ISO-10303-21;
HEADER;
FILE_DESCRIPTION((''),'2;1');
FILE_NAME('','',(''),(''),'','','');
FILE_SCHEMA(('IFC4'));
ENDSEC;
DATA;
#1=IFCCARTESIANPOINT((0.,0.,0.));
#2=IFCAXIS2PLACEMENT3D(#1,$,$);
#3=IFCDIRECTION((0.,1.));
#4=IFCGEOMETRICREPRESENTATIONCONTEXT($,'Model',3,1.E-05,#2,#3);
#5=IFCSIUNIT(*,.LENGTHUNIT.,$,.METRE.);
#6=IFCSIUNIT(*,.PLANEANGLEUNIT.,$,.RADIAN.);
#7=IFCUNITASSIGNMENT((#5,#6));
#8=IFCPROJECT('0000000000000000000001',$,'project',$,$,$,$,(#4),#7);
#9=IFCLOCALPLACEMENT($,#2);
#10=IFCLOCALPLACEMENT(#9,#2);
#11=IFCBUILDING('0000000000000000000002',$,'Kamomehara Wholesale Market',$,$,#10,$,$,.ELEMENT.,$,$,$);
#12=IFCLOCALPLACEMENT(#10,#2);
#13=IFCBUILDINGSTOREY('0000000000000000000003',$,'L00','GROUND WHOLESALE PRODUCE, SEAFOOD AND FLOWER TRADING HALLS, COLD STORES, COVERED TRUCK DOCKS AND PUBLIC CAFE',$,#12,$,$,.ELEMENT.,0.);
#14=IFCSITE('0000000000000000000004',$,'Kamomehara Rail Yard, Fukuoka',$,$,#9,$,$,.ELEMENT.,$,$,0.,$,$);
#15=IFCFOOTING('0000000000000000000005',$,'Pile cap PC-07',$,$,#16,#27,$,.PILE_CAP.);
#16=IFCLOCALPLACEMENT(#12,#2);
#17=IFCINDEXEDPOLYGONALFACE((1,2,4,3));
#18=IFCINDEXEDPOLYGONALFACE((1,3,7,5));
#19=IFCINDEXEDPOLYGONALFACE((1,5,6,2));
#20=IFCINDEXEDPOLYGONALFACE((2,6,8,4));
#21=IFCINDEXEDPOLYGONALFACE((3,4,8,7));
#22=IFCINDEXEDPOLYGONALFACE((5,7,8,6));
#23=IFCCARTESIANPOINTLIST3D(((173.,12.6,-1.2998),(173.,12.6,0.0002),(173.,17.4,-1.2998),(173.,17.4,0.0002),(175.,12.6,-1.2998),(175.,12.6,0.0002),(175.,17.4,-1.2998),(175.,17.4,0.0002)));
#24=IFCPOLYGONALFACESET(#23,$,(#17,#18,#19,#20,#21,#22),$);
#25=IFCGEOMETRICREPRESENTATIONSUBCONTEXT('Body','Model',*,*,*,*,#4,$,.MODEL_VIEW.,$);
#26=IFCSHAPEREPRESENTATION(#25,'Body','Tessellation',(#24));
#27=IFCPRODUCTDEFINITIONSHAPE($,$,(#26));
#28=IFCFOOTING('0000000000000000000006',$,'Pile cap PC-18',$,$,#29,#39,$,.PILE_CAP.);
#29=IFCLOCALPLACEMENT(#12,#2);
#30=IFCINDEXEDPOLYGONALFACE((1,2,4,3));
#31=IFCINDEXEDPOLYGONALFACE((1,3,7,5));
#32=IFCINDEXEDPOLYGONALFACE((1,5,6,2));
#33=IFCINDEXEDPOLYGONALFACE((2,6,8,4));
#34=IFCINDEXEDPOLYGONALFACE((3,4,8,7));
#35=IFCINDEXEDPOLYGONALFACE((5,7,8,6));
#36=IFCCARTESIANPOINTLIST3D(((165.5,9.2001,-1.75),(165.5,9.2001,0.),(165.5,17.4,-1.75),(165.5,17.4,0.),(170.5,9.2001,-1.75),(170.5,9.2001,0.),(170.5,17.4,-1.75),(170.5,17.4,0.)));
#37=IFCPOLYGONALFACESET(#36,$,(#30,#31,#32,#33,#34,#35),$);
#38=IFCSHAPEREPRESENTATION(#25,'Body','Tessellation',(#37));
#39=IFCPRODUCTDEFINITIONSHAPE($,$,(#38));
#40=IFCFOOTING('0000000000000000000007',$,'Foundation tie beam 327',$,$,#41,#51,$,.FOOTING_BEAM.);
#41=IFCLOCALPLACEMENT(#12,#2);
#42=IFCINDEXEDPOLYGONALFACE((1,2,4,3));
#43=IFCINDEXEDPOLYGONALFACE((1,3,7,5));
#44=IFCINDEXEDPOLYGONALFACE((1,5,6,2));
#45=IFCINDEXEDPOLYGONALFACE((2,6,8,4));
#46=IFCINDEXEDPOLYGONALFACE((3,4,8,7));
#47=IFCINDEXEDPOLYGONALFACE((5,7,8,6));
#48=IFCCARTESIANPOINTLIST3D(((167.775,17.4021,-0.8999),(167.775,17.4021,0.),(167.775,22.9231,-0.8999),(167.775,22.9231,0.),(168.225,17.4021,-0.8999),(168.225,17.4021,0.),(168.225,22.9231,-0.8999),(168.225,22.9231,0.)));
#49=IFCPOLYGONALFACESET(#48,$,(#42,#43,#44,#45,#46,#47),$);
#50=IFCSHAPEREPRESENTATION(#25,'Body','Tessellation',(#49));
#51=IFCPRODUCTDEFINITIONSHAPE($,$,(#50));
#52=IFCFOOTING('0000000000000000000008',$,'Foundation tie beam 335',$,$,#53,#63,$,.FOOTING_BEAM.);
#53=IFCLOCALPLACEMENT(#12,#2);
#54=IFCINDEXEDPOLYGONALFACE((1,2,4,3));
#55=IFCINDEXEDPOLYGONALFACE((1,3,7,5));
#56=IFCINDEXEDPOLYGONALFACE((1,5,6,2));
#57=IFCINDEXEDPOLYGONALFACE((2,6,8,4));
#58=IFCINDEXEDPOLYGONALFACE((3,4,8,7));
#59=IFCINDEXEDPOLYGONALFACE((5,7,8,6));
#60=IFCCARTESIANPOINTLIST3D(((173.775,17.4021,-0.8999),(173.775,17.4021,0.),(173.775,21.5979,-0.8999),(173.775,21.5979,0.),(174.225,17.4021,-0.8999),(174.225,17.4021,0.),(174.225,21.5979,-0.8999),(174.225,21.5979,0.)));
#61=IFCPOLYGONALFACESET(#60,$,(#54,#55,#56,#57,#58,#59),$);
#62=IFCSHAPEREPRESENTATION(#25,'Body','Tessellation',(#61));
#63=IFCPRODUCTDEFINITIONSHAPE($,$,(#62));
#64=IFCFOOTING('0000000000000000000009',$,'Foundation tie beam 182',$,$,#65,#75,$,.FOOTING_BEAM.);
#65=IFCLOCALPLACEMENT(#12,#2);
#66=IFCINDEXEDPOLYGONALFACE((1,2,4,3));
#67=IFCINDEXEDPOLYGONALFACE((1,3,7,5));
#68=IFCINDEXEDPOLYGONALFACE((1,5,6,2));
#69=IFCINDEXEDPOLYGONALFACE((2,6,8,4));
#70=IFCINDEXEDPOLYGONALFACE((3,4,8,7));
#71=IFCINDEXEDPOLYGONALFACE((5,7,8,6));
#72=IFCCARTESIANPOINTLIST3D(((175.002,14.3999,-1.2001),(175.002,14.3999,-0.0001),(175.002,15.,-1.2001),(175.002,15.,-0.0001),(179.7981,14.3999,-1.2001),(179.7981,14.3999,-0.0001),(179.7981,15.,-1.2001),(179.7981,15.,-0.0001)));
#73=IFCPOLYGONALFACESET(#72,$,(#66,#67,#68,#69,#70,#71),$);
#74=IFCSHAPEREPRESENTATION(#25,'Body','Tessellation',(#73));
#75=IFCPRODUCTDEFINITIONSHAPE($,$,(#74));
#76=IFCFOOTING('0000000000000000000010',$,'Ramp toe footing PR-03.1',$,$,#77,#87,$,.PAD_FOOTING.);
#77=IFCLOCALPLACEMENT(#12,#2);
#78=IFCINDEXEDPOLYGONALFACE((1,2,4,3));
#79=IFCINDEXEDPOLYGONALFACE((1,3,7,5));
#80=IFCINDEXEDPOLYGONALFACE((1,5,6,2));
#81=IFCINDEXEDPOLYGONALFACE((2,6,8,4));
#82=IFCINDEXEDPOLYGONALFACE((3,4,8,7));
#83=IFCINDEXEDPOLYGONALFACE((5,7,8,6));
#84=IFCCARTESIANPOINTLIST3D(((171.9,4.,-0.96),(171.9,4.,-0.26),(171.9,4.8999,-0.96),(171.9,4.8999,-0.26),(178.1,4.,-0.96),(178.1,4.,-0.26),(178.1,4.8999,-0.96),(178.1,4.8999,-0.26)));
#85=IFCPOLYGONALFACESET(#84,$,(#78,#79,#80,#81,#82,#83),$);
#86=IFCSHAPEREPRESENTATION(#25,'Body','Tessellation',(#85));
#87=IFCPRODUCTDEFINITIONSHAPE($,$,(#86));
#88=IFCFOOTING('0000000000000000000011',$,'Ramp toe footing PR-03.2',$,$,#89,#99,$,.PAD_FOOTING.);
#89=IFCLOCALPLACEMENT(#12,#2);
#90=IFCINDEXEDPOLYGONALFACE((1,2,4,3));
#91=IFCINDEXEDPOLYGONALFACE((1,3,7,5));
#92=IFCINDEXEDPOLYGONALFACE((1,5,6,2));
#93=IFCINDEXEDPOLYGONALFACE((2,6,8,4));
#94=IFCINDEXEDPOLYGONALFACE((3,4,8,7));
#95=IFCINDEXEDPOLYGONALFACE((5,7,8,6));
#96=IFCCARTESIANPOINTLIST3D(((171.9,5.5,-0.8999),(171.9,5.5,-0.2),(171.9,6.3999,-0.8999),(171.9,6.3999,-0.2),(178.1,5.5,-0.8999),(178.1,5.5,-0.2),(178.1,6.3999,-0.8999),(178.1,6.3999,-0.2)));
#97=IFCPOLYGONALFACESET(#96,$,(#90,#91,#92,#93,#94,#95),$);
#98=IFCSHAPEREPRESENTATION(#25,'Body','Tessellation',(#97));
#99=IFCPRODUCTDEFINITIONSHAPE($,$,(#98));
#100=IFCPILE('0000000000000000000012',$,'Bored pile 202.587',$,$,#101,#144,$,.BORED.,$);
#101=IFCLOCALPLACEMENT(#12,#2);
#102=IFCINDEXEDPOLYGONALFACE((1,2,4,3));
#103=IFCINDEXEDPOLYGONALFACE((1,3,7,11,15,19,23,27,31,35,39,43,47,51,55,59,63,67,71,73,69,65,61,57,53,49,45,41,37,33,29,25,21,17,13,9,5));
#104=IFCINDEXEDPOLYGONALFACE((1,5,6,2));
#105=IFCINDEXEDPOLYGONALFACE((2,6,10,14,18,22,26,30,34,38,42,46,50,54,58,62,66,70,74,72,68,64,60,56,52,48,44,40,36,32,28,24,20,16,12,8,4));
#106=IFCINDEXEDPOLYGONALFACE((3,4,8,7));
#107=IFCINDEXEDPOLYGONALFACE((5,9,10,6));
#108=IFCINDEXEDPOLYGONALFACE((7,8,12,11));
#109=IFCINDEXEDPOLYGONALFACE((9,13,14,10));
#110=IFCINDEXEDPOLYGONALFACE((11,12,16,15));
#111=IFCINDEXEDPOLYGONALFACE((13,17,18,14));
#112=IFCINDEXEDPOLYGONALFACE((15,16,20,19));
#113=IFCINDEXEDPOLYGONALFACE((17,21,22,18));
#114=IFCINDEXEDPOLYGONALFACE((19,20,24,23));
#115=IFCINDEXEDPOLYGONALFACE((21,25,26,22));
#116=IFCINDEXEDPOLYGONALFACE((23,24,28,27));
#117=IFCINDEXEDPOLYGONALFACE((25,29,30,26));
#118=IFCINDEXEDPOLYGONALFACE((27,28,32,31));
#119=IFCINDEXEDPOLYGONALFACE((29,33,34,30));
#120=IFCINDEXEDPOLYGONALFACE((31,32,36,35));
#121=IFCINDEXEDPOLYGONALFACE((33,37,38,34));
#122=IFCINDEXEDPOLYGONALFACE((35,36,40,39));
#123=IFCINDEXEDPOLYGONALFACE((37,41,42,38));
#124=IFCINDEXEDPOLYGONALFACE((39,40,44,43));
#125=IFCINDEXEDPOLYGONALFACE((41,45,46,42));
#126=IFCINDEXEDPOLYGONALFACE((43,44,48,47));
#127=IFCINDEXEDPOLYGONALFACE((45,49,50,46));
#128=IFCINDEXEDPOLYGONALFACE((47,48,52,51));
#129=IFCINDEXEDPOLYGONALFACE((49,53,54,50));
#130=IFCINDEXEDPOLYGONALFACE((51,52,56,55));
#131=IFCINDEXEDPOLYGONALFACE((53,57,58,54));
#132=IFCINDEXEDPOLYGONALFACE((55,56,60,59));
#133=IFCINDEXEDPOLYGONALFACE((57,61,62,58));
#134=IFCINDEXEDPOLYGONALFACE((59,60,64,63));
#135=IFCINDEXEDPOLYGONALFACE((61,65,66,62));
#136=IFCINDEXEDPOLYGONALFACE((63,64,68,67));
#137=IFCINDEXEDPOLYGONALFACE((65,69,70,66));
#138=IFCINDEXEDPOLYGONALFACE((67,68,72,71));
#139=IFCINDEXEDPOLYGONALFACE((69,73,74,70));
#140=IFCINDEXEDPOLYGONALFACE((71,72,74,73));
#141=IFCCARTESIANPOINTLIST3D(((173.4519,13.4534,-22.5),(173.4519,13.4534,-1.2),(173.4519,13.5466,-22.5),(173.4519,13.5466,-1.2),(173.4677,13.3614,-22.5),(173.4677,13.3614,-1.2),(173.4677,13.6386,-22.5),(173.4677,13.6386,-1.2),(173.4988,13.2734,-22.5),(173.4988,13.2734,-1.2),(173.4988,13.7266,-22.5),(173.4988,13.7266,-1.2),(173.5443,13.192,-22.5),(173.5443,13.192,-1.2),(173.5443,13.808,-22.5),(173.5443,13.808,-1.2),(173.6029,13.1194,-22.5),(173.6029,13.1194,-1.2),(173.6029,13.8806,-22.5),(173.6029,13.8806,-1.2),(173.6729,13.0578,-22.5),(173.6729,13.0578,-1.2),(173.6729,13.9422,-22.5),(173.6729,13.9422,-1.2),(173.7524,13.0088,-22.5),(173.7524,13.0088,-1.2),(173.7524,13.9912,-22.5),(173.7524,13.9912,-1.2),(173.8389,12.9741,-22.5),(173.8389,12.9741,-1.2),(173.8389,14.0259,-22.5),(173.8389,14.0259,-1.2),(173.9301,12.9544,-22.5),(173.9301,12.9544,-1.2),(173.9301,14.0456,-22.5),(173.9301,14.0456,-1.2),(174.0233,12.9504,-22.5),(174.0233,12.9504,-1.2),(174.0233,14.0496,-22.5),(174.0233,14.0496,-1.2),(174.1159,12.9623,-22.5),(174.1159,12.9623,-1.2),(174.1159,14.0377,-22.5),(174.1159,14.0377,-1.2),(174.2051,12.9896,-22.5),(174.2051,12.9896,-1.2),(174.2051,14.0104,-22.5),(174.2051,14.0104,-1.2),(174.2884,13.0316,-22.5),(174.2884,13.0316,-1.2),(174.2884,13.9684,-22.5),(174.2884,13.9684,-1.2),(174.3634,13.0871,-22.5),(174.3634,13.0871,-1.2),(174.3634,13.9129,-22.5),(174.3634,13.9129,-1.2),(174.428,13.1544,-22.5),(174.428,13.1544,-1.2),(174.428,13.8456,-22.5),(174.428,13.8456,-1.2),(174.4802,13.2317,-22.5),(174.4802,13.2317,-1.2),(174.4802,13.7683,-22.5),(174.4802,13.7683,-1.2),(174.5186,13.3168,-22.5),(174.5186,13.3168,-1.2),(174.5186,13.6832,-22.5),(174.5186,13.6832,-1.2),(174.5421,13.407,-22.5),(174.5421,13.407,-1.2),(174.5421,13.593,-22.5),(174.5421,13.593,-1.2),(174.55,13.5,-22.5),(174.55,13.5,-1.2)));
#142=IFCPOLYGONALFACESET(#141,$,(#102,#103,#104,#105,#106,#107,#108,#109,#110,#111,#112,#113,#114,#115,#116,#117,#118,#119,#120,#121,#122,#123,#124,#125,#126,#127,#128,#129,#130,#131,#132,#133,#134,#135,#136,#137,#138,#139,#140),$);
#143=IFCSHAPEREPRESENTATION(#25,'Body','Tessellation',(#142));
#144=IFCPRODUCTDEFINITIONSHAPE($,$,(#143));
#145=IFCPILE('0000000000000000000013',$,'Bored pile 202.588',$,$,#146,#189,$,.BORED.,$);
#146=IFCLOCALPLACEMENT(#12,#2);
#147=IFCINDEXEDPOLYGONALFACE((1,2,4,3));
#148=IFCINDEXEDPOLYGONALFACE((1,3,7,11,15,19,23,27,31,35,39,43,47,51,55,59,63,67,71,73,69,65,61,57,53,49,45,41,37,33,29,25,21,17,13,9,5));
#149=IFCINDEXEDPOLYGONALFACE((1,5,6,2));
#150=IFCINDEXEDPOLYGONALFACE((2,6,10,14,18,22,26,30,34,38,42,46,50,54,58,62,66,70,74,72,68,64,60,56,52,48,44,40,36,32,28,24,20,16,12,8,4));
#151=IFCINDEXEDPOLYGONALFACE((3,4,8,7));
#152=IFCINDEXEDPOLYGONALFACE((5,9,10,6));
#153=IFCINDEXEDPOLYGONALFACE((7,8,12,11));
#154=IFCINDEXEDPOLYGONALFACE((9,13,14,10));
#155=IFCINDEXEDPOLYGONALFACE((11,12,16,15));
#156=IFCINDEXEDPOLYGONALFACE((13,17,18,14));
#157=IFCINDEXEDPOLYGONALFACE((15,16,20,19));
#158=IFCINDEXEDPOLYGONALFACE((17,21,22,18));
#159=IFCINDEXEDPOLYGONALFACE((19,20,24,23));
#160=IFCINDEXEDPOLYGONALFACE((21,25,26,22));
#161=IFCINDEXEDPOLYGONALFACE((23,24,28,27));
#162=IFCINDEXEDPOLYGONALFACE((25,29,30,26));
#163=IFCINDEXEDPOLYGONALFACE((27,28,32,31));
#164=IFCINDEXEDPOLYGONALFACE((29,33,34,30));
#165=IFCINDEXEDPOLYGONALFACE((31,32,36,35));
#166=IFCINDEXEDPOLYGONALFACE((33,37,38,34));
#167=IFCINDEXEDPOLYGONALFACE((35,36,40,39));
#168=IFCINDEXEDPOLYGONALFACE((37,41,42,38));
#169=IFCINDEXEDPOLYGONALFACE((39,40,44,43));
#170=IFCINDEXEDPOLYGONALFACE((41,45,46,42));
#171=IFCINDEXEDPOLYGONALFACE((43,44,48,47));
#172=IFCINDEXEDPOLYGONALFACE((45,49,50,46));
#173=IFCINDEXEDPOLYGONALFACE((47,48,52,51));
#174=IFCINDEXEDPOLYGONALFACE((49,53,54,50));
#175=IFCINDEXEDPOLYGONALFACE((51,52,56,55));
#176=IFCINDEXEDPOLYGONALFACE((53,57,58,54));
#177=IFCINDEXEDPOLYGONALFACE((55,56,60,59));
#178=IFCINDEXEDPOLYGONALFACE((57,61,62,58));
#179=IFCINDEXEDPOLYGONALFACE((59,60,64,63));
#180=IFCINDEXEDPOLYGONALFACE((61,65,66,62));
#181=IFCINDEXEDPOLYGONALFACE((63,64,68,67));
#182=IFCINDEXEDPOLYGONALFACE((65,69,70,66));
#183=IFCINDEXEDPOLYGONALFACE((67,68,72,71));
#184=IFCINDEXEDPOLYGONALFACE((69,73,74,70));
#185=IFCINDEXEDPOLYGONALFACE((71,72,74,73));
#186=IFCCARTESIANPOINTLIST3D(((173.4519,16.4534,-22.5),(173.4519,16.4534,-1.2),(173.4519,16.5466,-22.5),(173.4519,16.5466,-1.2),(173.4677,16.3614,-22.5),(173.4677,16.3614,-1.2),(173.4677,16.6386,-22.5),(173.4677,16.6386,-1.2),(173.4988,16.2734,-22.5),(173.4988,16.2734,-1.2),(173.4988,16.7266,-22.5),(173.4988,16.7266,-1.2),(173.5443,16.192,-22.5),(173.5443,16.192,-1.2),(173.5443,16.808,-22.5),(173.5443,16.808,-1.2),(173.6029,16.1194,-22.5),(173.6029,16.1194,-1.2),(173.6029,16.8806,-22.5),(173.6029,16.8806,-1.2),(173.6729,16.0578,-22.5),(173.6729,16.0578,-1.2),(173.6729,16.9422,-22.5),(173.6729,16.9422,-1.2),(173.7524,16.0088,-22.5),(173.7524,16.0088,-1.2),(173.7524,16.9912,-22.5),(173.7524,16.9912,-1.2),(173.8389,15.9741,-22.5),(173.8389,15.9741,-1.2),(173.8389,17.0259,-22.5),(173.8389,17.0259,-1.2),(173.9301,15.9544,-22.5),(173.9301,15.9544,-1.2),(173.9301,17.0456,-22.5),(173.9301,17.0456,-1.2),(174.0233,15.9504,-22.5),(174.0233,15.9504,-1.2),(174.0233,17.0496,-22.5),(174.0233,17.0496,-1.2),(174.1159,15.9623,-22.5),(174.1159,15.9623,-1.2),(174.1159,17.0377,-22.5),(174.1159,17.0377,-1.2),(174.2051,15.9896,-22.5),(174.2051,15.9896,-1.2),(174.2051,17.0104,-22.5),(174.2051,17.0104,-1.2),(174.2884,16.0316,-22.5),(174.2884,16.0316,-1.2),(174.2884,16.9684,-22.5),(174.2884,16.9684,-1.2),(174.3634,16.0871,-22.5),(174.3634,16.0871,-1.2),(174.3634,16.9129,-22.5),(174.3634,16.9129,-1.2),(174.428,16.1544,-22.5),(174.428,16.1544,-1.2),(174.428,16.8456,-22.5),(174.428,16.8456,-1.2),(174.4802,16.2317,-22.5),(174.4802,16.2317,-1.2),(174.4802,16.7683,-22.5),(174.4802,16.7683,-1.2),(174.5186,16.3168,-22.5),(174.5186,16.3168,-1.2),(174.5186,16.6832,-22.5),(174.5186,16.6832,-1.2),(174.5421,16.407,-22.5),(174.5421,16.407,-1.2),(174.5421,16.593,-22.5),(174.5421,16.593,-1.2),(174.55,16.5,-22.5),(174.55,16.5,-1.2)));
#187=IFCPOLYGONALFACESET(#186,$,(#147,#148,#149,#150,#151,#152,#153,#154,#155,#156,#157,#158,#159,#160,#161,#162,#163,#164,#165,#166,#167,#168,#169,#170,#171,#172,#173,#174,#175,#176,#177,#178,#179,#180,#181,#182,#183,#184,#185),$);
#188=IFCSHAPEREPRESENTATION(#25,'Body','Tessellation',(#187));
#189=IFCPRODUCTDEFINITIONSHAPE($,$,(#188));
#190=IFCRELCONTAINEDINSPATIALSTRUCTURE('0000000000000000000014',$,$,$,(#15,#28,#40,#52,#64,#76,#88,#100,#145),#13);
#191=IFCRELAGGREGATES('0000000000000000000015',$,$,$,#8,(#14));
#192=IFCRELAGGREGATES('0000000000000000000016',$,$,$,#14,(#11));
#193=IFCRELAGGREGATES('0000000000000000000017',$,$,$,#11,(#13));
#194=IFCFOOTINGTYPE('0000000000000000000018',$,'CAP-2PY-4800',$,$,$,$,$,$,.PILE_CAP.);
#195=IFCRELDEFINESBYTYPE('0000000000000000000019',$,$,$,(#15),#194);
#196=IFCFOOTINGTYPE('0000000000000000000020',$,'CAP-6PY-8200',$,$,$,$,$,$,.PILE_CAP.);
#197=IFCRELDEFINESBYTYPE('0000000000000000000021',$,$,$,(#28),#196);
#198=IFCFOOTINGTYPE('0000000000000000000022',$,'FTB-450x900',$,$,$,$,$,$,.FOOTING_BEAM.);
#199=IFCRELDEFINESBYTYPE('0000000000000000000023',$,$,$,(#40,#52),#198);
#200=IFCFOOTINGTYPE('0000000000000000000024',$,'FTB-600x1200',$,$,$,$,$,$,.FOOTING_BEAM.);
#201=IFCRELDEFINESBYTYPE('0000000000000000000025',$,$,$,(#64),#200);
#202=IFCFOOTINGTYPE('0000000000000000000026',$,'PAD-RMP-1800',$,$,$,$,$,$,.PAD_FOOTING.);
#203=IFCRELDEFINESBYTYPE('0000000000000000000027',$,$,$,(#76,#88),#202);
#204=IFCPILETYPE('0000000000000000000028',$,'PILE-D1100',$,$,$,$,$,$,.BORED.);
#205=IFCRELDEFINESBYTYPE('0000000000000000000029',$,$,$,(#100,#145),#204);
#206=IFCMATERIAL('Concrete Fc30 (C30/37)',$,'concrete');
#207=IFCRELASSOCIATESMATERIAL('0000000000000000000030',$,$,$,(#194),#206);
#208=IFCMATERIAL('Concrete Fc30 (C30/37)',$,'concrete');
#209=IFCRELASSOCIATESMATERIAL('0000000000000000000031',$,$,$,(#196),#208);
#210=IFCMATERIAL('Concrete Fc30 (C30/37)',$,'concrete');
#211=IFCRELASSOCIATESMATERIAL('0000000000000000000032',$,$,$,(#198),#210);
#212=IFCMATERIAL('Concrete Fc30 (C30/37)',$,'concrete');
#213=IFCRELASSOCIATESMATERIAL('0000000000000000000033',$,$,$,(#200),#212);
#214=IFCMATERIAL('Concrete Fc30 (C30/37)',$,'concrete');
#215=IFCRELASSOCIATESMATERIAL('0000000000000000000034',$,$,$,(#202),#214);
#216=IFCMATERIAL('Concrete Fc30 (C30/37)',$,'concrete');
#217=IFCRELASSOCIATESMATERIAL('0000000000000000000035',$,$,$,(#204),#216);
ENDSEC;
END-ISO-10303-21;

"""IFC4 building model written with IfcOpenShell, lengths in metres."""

from ifc_helpers import new_model, si_unit, direction, frame, origin, origin_2d, place, context, subcontext, project, spatial, rectangle, circle, extrude, material, material_profile, profile_set, type_object, element, save


model = new_model("IFC4")

# Units and contexts
model_context = context("Model", 3, precision=1e-05, world=origin(), true_north=direction((0.0, 1.0)))
body_context = subcontext(model_context, "Body", "Model", "MODEL_VIEW")
ifc_project = project(units=[si_unit("LENGTHUNIT", "METRE"), si_unit("PLANEANGLEUNIT", "RADIAN")], contexts=[model_context])

# Site, building, storey
site_placement = place(None, origin())
site = spatial("IfcSite", under=ifc_project, at=site_placement, Name="Kamomehara Rail Yard, Fukuoka", CompositionType="ELEMENT", RefElevation=0.0)
building_placement = place(site_placement, origin())
building = spatial("IfcBuilding", under=site, at=building_placement, Name="Kamomehara Wholesale Market", CompositionType="ELEMENT")
storey_placement = place(building_placement, origin())
storey = spatial("IfcBuildingStorey", under=building, at=storey_placement, Name="L00", Description="GROUND WHOLESALE PRODUCE, SEAFOOD AND FLOWER TRADING HALLS, COLD STORES, COVERED TRUCK DOCKS AND PUBLIC CAFE", CompositionType="ELEMENT", Elevation=0.0)

# Footings
ifc_material_1 = material(Name="Concrete Fc30 (C30/37)", Category="concrete")
footing_type_1 = type_object("IfcFootingType", Name="CAP-2PY-4800", PredefinedType="PILE_CAP", material=ifc_material_1)
footing_1_placement = place(storey_placement, frame((174.0, 15.0, -1.2998), z_axis=(0.0, 0.0, 1.0), x_axis=(1.0, 0.0, 0.0)))
element("IfcFooting", 1, at=footing_1_placement, inside=storey, type_object=footing_type_1, Name="Pile cap PC-07", PredefinedType="PILE_CAP", context=body_context, shape_type="SweptSolid", body=[
    extrude(rectangle(XDim=2.0, YDim=4.8, at=origin_2d()), origin(), (0.0, 0.0, 1.0), 1.3),
])
ifc_material_2 = material(Name="Concrete Fc30 (C30/37)", Category="concrete")
footing_type_2 = type_object("IfcFootingType", Name="CAP-6PY-8200", PredefinedType="PILE_CAP", material=ifc_material_2)
footing_2_placement = place(storey_placement, frame((168.0, 13.3, -1.75), z_axis=(0.0, 0.0, 1.0), x_axis=(1.0, 0.0, 0.0)))
element("IfcFooting", 2, at=footing_2_placement, inside=storey, type_object=footing_type_2, Name="Pile cap PC-18", PredefinedType="PILE_CAP", context=body_context, shape_type="SweptSolid", body=[
    extrude(rectangle(XDim=5.0, YDim=8.2, at=origin_2d()), origin(), (0.0, 0.0, 1.0), 1.75),
])
ifc_material_3 = material(Name="Concrete Fc30 (C30/37)", Category="concrete")
ifc_material_profile_1 = material_profile(ifc_material_3, rectangle(XDim=0.45, YDim=0.8999, at=origin_2d()), Name="RC-FTB-450x900")
ifc_profile_set_1 = profile_set([ifc_material_profile_1], Name="Concrete Fc30 (C30/37)")
footing_type_3 = type_object("IfcFootingType", Name="FTB-450x900", PredefinedType="FOOTING_BEAM", material=ifc_profile_set_1)
footing_3_placement = place(storey_placement, frame((168.0, 17.4021, -0.45), z_axis=(0.0, 1.0, 0.0), x_axis=(-1.0, 0.0, 0.0)))
element("IfcFooting", 3, at=footing_3_placement, inside=storey, type_object=footing_type_3, Name="Foundation tie beam 327", PredefinedType="FOOTING_BEAM", context=body_context, shape_type="SweptSolid", body=[
    extrude(rectangle(XDim=0.45, YDim=0.8999, at=origin_2d()), origin(), (0.0, 0.0, 1.0), 5.521),
])
footing_4_placement = place(storey_placement, frame((174.0, 17.4021, -0.45), z_axis=(0.0, 1.0, 0.0), x_axis=(-1.0, 0.0, 0.0)))
element("IfcFooting", 4, at=footing_4_placement, inside=storey, type_object=footing_type_3, Name="Foundation tie beam 335", PredefinedType="FOOTING_BEAM", context=body_context, shape_type="SweptSolid", body=[
    extrude(rectangle(XDim=0.45, YDim=0.8999, at=origin_2d()), origin(), (0.0, 0.0, 1.0), 4.1958),
])
ifc_material_4 = material(Name="Concrete Fc30 (C30/37)", Category="concrete")
ifc_material_profile_2 = material_profile(ifc_material_4, rectangle(XDim=0.6001, YDim=1.2, at=origin_2d()), Name="RC-FTB-600x1200")
ifc_profile_set_2 = profile_set([ifc_material_profile_2], Name="Concrete Fc30 (C30/37)")
footing_type_4 = type_object("IfcFootingType", Name="FTB-600x1200", PredefinedType="FOOTING_BEAM", material=ifc_profile_set_2)
footing_5_placement = place(storey_placement, frame((175.002, 14.7, -0.6001), z_axis=(1.0, 0.0, 0.0), x_axis=(0.0, 1.0, 0.0)))
element("IfcFooting", 5, at=footing_5_placement, inside=storey, type_object=footing_type_4, Name="Foundation tie beam 182", PredefinedType="FOOTING_BEAM", context=body_context, shape_type="SweptSolid", body=[
    extrude(rectangle(XDim=0.6001, YDim=1.2, at=origin_2d()), origin(), (0.0, 0.0, 1.0), 4.7961),
])
ifc_material_5 = material(Name="Concrete Fc30 (C30/37)", Category="concrete")
footing_type_5 = type_object("IfcFootingType", Name="PAD-RMP-1800", PredefinedType="PAD_FOOTING", material=ifc_material_5)
for number, where, z_axis, x_axis, name in (
    (6, (175.0, 4.45, -0.96), (0.0, 0.0, 1.0), (1.0, 0.0, 0.0), "Ramp toe footing PR-03.1"),
    (7, (175.0, 5.95, -0.8999), (0.0, 0.0, 1.0), (1.0, 0.0, 0.0), "Ramp toe footing PR-03.2"),
):
    element("IfcFooting", number, at=place(storey_placement, frame(where, z_axis=z_axis, x_axis=x_axis)), inside=storey, type_object=footing_type_5, Name=name, PredefinedType="PAD_FOOTING", context=body_context, shape_type="SweptSolid", body=[
        extrude(rectangle(XDim=6.2, YDim=0.8999, at=origin_2d()), origin(), (0.0, 0.0, 1.0), 0.7),
    ])

# Piles
ifc_material_6 = material(Name="Concrete Fc30 (C30/37)", Category="concrete")
ifc_material_profile_3 = material_profile(ifc_material_6, circle(Radius=0.55, at=origin_2d()), Name="RC-PILE-D1100")
ifc_profile_set_3 = profile_set([ifc_material_profile_3], Name="Concrete Fc30 (C30/37)")
pile_type_1 = type_object("IfcPileType", Name="PILE-D1100", PredefinedType="BORED", material=ifc_profile_set_3)
for number, where, z_axis, x_axis, name in (
    (8, (174.0, 13.5, -1.2), (0.0, 0.0, -1.0), (1.0, 0.0, 0.0), "Bored pile 202.587"),
    (9, (174.0, 16.5, -1.2), (0.0, 0.0, -1.0), (1.0, 0.0, 0.0), "Bored pile 202.588"),
):
    element("IfcPile", number, at=place(storey_placement, frame(where, z_axis=z_axis, x_axis=x_axis)), inside=storey, type_object=pile_type_1, Name=name, PredefinedType="BORED", context=body_context, shape_type="SweptSolid", body=[
        extrude(circle(Radius=0.55, at=origin_2d()), origin(), (0.0, 0.0, 1.0), 21.3),
    ])

save(model, "model.ifc")
